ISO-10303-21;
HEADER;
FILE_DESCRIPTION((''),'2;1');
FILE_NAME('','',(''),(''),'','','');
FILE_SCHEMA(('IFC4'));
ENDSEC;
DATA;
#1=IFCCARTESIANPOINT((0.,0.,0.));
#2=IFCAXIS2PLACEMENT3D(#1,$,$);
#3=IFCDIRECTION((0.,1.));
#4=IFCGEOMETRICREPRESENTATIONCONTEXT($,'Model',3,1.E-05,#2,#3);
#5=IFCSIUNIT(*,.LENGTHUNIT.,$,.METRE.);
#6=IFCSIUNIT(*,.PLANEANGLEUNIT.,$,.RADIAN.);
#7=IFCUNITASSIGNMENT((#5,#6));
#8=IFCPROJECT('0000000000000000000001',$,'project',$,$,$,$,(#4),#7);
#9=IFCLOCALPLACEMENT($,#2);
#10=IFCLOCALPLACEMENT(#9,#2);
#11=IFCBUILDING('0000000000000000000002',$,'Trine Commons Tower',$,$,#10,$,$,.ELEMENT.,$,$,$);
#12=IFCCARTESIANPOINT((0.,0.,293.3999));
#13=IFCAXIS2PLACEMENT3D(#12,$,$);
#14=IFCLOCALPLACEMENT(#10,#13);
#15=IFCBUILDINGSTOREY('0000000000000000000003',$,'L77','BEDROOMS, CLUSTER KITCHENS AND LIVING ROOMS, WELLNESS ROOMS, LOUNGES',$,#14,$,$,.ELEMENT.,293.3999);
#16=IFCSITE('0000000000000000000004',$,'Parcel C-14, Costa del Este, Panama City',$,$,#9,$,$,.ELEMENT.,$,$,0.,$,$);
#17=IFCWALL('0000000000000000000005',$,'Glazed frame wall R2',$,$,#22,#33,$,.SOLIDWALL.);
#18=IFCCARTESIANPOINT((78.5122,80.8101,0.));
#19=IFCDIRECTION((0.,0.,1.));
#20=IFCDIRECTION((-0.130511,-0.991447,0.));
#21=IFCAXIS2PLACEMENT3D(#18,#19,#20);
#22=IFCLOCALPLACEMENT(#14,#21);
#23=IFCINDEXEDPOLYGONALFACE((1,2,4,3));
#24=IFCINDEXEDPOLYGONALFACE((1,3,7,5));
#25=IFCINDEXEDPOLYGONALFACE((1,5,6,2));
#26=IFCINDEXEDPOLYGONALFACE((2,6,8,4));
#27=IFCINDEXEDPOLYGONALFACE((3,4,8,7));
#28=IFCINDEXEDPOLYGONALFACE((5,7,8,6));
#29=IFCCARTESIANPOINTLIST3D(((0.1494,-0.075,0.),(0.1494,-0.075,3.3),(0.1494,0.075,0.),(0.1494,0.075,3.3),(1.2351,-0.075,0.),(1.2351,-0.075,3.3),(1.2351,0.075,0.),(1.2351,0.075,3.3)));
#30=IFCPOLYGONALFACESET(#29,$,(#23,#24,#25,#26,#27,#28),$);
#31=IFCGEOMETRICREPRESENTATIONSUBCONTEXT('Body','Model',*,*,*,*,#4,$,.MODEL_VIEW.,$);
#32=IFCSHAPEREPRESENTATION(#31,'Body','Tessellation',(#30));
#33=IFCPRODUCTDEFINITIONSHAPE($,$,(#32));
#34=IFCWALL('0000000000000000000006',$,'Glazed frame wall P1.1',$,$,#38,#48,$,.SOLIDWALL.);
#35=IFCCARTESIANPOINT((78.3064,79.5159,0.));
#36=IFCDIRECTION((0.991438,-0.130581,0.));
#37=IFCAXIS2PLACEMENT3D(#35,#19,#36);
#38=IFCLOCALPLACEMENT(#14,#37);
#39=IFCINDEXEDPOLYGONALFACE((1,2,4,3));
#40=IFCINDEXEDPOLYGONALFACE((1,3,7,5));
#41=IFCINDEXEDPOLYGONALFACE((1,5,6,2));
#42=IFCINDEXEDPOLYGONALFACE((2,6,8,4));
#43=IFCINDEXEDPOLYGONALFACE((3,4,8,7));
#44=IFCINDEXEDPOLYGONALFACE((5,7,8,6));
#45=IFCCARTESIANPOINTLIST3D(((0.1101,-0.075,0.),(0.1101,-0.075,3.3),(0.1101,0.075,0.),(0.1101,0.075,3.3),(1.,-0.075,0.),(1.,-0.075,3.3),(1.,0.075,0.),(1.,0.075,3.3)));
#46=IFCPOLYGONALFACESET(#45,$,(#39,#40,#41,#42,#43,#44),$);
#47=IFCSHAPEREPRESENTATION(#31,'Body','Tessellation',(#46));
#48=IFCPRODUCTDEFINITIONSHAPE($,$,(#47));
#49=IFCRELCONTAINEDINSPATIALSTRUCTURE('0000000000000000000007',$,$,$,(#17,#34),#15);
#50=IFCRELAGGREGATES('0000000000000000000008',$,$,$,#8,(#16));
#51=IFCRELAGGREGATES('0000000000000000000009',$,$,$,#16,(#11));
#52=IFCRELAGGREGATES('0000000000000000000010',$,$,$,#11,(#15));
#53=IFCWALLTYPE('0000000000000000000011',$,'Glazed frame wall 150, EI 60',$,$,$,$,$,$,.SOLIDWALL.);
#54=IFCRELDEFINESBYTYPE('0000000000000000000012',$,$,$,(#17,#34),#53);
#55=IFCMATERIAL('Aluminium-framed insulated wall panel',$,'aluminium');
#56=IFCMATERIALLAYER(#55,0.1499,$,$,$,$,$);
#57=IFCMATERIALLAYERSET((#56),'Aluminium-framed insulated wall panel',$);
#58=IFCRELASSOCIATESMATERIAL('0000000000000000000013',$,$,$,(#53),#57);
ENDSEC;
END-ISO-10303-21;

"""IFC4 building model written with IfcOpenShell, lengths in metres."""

from ifc_helpers import new_model, si_unit, direction, frame, origin, place, context, subcontext, project, spatial, polyline, outline, extrude, material, layer, layer_set, type_object, element, save


model = new_model("IFC4")

# Units and contexts
model_context = context("Model", 3, precision=1e-05, world=origin(), true_north=direction((0.0, 1.0)))
body_context = subcontext(model_context, "Body", "Model", "MODEL_VIEW")
ifc_project = project(units=[si_unit("LENGTHUNIT", "METRE"), si_unit("PLANEANGLEUNIT", "RADIAN")], contexts=[model_context])

# Site, building, storey
site_placement = place(None, origin())
site = spatial("IfcSite", under=ifc_project, at=site_placement, Name="Parcel C-14, Costa del Este, Panama City", CompositionType="ELEMENT", RefElevation=0.0)
building_placement = place(site_placement, origin())
building = spatial("IfcBuilding", under=site, at=building_placement, Name="Trine Commons Tower", CompositionType="ELEMENT")
storey_placement = place(building_placement, frame((0.0, 0.0, 293.3999)))
storey = spatial("IfcBuildingStorey", under=building, at=storey_placement, Name="L77", Description="BEDROOMS, CLUSTER KITCHENS AND LIVING ROOMS, WELLNESS ROOMS, LOUNGES", CompositionType="ELEMENT", Elevation=293.3999)

# Walls
ifc_material_1 = material(Name="Aluminium-framed insulated wall panel", Category="aluminium")
ifc_layer_1 = layer(ifc_material_1, 0.1499)
ifc_layer_set_1 = layer_set([ifc_layer_1], Name="Aluminium-framed insulated wall panel")
wall_type_1 = type_object("IfcWallType", Name="Glazed frame wall 150, EI 60", PredefinedType="SOLIDWALL", material=ifc_layer_set_1)
wall_1_placement = place(storey_placement, frame((78.5122, 80.8101, 0.0), z_axis=(0.0, 0.0, 1.0), x_axis=(-0.130511, -0.991447, 0.0)))
element("IfcWall", 1, at=wall_1_placement, inside=storey, type_object=wall_type_1, Name="Glazed frame wall R2", PredefinedType="SOLIDWALL", context=body_context, shape_type="SweptSolid", body=[
    extrude(outline(polyline([(0.1494, 0.075), (0.1494, -0.075), (1.2351, -0.075), (1.2351, 0.075), (0.1494, 0.075)])), origin(), (0.0, 0.0, 1.0), 3.3),
])
wall_2_placement = place(storey_placement, frame((78.3064, 79.5159, 0.0), z_axis=(0.0, 0.0, 1.0), x_axis=(0.991438, -0.130581, 0.0)))
element("IfcWall", 2, at=wall_2_placement, inside=storey, type_object=wall_type_1, Name="Glazed frame wall P1.1", PredefinedType="SOLIDWALL", context=body_context, shape_type="SweptSolid", body=[
    extrude(outline(polyline([(0.1101, -0.075), (1.0, -0.075), (1.0, 0.075), (0.1101, 0.075), (0.1101, -0.075)])), origin(), (0.0, 0.0, 1.0), 3.3),
])

save(model, "model.ifc")
